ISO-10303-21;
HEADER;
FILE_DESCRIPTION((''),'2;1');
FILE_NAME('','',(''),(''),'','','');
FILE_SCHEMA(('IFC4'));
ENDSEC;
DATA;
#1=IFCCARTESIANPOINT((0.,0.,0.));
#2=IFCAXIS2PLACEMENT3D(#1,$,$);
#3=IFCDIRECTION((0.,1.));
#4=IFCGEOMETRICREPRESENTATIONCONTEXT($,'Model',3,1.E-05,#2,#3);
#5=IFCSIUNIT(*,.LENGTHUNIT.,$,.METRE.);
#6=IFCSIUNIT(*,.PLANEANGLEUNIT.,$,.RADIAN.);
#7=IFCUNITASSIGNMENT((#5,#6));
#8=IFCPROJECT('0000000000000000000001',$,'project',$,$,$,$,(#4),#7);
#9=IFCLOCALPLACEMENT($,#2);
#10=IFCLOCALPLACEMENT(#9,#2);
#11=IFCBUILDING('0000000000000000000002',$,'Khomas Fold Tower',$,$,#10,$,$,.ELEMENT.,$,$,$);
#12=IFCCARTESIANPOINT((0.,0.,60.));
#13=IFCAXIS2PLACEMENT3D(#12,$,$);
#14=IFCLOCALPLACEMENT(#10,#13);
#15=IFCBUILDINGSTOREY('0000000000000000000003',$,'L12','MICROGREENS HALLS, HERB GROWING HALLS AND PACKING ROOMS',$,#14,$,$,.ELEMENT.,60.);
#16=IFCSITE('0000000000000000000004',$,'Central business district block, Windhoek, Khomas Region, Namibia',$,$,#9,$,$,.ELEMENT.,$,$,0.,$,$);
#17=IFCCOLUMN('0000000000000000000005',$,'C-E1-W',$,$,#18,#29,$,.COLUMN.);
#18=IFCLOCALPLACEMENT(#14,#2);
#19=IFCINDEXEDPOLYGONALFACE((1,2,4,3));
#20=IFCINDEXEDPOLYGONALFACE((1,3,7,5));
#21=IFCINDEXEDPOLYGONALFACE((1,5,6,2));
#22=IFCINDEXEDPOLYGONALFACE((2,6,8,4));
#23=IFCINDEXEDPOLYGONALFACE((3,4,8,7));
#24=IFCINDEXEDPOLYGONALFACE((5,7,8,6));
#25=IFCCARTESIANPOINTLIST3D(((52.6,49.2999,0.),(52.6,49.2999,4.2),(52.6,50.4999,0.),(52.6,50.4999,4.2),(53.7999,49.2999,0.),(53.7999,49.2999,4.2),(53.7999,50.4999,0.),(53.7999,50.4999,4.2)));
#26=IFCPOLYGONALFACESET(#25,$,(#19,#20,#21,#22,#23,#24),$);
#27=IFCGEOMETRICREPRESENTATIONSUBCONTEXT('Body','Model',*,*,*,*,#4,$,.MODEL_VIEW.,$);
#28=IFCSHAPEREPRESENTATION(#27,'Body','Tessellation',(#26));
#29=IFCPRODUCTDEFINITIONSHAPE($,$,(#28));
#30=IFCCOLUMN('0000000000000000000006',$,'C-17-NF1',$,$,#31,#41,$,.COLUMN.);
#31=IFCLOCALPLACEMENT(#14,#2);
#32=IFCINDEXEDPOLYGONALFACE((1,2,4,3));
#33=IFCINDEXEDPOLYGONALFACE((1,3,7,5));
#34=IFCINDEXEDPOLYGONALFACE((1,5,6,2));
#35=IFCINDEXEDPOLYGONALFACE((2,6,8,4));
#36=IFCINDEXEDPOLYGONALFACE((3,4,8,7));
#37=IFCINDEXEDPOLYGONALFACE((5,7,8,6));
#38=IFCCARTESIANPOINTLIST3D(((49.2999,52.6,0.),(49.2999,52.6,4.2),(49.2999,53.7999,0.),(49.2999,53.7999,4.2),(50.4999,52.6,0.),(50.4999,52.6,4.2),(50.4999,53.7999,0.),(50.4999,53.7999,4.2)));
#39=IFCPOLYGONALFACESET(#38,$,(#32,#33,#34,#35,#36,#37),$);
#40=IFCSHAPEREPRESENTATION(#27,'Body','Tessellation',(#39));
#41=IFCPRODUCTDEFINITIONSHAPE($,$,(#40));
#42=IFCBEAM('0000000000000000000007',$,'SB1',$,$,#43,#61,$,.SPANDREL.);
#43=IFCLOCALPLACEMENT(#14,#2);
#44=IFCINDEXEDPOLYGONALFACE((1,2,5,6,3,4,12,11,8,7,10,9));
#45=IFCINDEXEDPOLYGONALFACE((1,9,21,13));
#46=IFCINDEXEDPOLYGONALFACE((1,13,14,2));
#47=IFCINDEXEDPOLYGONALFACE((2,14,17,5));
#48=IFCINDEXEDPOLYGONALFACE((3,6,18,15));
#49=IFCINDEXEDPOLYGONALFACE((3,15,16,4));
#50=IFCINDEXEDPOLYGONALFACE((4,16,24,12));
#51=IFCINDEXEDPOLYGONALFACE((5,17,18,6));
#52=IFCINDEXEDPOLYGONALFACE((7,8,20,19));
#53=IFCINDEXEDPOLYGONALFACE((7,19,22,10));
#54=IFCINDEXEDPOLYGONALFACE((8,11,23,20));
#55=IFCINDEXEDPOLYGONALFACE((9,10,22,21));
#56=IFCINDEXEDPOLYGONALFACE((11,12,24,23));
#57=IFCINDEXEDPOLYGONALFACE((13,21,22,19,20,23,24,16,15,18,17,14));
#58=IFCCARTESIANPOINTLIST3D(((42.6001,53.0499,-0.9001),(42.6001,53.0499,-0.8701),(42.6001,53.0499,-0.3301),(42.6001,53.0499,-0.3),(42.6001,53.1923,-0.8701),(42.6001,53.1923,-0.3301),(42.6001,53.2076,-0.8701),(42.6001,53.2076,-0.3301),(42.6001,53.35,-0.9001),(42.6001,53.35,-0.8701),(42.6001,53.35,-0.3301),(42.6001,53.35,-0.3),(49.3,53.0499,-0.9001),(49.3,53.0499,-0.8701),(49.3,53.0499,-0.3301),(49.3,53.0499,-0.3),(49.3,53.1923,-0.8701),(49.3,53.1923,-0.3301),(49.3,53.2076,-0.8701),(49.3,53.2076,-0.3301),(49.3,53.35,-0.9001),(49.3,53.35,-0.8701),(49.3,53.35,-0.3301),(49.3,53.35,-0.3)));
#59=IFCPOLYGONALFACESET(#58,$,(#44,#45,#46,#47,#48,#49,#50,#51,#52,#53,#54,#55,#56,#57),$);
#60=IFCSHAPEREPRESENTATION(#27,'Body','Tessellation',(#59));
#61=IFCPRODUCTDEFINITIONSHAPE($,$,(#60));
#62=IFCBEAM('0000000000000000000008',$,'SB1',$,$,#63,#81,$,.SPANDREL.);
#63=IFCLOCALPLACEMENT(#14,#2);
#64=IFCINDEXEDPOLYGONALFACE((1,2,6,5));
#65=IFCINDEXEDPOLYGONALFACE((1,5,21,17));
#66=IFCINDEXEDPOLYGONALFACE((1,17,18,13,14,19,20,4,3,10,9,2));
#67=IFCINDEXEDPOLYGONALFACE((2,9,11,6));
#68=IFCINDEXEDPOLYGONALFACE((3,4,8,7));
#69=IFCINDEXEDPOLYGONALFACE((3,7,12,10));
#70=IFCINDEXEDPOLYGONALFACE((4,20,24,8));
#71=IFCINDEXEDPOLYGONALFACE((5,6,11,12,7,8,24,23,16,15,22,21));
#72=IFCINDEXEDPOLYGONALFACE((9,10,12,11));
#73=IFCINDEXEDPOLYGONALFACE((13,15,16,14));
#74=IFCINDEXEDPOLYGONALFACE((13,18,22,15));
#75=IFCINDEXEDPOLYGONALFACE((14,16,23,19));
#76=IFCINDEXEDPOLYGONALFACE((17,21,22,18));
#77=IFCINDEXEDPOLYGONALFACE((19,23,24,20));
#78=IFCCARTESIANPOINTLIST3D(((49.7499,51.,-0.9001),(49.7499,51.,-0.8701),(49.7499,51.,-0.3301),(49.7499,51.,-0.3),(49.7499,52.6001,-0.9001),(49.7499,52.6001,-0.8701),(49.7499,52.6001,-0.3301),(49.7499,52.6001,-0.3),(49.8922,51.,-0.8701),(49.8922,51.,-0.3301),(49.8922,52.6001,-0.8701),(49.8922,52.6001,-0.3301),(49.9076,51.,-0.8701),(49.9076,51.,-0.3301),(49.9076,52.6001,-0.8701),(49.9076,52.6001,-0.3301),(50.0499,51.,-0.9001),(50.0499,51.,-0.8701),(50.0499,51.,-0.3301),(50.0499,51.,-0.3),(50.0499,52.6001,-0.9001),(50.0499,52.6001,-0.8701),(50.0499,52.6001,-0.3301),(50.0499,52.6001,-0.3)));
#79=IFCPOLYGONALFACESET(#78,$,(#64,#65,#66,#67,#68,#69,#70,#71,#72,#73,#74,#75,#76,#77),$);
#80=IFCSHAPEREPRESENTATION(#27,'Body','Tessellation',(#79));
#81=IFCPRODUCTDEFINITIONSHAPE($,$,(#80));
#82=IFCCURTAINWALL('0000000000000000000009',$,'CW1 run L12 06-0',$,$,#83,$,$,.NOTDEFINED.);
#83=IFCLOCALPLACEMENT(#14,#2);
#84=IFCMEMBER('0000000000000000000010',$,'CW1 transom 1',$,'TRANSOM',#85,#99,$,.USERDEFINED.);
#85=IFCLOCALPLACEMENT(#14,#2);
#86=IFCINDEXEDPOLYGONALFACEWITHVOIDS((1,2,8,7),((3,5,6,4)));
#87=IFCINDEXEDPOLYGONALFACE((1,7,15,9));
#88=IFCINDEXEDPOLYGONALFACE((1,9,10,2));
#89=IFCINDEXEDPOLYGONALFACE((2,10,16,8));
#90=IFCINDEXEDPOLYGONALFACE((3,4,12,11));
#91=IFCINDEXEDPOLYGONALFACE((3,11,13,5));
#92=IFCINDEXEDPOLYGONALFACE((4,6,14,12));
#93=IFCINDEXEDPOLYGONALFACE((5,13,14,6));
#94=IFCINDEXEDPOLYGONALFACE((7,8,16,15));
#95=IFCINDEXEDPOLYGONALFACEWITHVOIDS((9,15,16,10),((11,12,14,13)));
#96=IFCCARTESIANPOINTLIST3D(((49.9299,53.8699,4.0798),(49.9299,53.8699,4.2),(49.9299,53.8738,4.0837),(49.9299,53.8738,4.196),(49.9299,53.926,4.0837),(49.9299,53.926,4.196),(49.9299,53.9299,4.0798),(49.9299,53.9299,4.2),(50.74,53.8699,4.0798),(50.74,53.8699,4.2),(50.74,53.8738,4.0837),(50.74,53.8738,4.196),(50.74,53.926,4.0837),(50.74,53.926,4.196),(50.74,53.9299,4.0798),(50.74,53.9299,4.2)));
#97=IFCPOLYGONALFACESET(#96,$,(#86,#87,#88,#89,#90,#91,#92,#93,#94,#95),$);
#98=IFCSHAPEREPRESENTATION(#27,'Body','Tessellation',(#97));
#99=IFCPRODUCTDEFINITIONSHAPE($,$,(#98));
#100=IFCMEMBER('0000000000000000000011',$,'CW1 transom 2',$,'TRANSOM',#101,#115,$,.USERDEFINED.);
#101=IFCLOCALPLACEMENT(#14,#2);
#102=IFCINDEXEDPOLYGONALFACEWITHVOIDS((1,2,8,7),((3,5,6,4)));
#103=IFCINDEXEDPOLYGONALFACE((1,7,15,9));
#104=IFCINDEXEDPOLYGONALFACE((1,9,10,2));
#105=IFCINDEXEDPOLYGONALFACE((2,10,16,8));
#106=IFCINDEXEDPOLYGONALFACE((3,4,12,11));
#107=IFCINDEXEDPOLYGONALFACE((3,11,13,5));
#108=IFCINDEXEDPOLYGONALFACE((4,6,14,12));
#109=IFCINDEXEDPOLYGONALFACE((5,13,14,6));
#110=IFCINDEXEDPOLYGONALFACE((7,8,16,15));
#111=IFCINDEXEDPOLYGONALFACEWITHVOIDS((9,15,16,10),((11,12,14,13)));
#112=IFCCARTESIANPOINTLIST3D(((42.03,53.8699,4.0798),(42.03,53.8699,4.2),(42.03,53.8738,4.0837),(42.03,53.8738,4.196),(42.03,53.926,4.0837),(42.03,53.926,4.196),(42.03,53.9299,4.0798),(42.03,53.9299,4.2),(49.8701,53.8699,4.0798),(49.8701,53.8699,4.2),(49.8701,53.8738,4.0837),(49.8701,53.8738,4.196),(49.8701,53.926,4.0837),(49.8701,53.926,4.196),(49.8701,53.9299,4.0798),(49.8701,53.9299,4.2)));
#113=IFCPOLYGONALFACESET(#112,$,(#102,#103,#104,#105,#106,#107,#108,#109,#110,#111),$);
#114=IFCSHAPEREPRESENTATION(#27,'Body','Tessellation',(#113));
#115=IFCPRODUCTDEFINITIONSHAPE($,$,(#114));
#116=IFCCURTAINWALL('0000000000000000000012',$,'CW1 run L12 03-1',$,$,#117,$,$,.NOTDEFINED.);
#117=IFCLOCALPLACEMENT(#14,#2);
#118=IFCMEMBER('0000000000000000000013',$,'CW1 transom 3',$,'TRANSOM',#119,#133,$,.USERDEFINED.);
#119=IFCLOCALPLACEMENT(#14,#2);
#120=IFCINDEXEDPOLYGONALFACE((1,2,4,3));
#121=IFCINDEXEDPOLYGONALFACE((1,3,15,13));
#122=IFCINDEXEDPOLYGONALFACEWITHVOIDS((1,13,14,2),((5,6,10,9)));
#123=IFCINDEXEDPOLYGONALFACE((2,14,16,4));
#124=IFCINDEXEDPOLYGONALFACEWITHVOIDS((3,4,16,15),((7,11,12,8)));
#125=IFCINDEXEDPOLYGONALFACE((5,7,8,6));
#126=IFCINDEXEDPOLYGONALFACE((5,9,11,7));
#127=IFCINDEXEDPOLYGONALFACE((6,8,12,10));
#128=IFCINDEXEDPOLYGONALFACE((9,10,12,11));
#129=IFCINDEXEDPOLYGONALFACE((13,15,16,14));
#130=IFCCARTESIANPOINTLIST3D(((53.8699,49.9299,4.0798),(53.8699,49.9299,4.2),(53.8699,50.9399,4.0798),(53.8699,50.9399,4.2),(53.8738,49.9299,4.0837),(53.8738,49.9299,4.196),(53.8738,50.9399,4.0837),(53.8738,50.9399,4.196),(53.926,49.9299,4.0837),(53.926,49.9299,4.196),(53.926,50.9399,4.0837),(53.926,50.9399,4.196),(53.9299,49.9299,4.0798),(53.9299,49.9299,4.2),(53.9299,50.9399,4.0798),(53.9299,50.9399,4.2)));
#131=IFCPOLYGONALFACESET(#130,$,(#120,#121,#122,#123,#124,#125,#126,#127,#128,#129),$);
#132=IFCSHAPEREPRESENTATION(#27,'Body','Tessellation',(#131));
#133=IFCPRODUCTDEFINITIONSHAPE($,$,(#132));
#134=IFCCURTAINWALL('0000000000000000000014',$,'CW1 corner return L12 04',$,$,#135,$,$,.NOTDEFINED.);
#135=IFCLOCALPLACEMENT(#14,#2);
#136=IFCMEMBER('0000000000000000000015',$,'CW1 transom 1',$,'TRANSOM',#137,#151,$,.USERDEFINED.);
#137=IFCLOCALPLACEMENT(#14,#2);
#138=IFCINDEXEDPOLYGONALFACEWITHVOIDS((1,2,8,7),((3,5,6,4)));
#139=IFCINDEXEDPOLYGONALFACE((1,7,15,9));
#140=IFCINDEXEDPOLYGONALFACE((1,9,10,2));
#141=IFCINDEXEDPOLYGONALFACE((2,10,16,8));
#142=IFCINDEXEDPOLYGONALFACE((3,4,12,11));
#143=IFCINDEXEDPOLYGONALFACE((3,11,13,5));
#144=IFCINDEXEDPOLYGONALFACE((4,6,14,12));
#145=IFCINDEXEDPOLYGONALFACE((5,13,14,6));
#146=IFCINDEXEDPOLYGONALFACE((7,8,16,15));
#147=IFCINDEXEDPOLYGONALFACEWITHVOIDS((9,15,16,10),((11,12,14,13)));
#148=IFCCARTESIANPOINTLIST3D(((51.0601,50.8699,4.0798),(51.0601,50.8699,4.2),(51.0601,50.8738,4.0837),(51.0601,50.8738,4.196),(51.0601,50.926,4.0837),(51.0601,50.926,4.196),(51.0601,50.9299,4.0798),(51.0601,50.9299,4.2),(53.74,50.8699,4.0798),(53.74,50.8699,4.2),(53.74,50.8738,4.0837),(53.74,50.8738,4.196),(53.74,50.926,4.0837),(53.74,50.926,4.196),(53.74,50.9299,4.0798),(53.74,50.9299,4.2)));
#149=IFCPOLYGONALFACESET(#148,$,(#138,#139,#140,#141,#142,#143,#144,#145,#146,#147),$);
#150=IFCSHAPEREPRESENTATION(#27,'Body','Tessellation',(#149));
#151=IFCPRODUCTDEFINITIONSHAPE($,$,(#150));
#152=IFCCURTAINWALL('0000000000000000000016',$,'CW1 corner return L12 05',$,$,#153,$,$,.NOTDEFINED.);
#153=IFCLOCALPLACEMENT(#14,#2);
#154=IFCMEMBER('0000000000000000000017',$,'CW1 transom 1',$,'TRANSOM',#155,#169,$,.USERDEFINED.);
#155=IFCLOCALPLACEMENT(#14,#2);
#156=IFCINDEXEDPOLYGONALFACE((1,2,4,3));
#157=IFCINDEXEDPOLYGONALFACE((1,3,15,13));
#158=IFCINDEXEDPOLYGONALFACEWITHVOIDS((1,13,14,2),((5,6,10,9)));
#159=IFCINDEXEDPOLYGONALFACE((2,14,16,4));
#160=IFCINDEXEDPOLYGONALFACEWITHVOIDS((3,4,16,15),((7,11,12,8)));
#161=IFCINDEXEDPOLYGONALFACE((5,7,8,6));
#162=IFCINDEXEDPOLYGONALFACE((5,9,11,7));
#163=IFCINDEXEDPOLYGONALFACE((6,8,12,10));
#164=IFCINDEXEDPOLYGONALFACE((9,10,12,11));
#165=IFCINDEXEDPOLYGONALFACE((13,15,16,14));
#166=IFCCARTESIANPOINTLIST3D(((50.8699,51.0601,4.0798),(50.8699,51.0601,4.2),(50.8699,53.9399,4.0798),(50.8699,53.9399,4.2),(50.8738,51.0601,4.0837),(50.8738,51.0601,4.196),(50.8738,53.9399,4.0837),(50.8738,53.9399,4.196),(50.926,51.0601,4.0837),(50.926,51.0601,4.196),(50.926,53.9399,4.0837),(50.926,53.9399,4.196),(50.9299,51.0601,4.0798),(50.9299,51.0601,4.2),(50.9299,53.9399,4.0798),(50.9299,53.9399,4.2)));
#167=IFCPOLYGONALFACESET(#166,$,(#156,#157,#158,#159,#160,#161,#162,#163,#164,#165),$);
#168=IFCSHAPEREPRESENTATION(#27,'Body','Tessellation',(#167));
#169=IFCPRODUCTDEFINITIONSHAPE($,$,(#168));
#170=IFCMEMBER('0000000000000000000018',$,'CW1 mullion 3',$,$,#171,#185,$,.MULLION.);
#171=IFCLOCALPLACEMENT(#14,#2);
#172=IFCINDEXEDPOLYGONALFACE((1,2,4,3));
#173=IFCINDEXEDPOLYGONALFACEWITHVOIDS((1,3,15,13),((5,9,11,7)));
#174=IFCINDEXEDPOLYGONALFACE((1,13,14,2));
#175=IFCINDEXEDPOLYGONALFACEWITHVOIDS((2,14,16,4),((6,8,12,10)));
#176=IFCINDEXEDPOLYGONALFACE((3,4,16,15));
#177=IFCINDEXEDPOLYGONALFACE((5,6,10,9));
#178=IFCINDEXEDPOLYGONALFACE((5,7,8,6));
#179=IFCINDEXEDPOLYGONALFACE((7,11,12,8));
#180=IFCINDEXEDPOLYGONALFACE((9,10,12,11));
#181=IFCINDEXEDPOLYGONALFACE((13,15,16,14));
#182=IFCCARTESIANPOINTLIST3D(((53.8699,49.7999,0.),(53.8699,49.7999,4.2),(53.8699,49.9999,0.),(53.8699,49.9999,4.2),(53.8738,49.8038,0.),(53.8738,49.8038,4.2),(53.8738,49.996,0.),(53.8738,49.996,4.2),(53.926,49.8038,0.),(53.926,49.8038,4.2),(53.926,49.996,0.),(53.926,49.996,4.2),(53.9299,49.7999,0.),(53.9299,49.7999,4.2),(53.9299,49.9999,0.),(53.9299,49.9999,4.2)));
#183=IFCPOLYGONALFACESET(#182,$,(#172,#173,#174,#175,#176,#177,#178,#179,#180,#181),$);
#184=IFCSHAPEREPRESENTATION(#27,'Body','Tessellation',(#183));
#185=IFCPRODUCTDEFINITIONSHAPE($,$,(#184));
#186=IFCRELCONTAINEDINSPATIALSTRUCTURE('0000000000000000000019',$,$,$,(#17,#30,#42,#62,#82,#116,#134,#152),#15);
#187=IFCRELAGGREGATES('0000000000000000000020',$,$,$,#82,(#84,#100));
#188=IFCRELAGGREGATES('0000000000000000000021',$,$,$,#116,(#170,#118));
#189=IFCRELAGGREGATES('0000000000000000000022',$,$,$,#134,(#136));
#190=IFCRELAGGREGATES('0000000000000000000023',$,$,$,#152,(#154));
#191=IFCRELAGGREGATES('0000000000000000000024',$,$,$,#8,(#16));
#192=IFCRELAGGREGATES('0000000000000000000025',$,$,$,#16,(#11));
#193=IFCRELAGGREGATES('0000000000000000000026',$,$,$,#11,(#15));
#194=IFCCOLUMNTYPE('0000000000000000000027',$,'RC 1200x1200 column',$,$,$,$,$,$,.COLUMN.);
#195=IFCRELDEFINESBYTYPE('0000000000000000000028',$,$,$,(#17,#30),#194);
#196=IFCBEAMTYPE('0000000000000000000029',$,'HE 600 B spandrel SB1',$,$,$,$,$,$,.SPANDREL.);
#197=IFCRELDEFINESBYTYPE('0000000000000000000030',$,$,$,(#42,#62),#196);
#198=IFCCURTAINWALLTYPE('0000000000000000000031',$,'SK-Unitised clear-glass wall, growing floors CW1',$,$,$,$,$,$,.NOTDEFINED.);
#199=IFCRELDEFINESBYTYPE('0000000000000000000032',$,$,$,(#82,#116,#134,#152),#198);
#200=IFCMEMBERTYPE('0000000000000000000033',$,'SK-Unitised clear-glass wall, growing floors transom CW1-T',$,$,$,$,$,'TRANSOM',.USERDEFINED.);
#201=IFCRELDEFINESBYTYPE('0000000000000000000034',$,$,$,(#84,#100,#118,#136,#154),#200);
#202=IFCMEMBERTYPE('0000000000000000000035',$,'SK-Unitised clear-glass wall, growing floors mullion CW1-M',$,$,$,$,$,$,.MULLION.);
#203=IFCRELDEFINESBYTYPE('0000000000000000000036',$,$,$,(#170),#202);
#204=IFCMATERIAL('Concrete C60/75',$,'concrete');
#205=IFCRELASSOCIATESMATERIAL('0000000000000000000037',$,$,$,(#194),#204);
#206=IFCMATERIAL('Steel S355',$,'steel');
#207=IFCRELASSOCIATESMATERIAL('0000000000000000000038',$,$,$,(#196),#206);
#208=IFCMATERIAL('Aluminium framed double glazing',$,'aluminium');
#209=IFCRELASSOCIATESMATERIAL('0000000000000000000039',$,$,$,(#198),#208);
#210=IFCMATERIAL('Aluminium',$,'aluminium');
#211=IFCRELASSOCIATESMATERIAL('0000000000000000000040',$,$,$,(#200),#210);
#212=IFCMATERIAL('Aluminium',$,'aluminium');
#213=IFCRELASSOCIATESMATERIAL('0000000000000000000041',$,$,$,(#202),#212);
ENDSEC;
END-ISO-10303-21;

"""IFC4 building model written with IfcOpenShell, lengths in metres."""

from ifc_helpers import new_model, si_unit, direction, frame, origin, origin_2d, place, context, subcontext, project, spatial, rectangle, hollow_rectangle, i_section, extrude, source, transform, mapped, material, material_profile, profile_set, type_object, element, aggregate, save


model = new_model("IFC4")

# Units and contexts
model_context = context("Model", 3, precision=1e-05, world=origin(), true_north=direction((0.0, 1.0)))
body_context = subcontext(model_context, "Body", "Model", "MODEL_VIEW")
ifc_project = project(units=[si_unit("LENGTHUNIT", "METRE"), si_unit("PLANEANGLEUNIT", "RADIAN")], contexts=[model_context])

# Site, building, storey
site_placement = place(None, origin())
site = spatial("IfcSite", under=ifc_project, at=site_placement, Name="Central business district block, Windhoek, Khomas Region, Namibia", CompositionType="ELEMENT", RefElevation=0.0)
building_placement = place(site_placement, origin())
building = spatial("IfcBuilding", under=site, at=building_placement, Name="Khomas Fold Tower", CompositionType="ELEMENT")
storey_placement = place(building_placement, frame((0.0, 0.0, 60.0)))
storey = spatial("IfcBuildingStorey", under=building, at=storey_placement, Name="L12", Description="MICROGREENS HALLS, HERB GROWING HALLS AND PACKING ROOMS", CompositionType="ELEMENT", Elevation=60.0)

# Columns
ifc_material_1 = material(Name="Concrete C60/75", Category="concrete")
ifc_material_profile_1 = material_profile(ifc_material_1, rectangle(XDim=1.2, YDim=1.2, at=origin_2d()), Name="RC 1200x1200")
ifc_profile_set_1 = profile_set([ifc_material_profile_1], Name="Concrete C60/75")
column_type = type_object("IfcColumnType", Name="RC 1200x1200 column", PredefinedType="COLUMN", material=ifc_profile_set_1)
shared_shape_1 = source(origin(), body_context, "Body", "SweptSolid", [
    extrude(rectangle(XDim=1.2, YDim=1.2, at=origin_2d()), origin(), (0.0, 0.0, 1.0), 4.2),
])
for number, where, z_axis, x_axis, name in (
    (1, (53.2, 49.8999, 0.0), (0.0, 0.0, 1.0), (1.0, 0.0, 0.0), "C-E1-W"),
    (2, (49.8999, 53.2, 0.0), (0.0, 0.0, 1.0), (1.0, 0.0, 0.0), "C-17-NF1"),
):
    element("IfcColumn", number, at=place(storey_placement, frame(where, z_axis=z_axis, x_axis=x_axis)), inside=storey, type_object=column_type, Name=name, PredefinedType="COLUMN", context=body_context, shape_type="MappedRepresentation", body=[
        mapped(shared_shape_1, transform((0.0, 0.0, 0.0))),
    ])

# Beams
ifc_material_2 = material(Name="Steel S355", Category="steel")
ifc_material_profile_2 = material_profile(ifc_material_2, i_section(OverallWidth=0.3, OverallDepth=0.6001, WebThickness=0.0154, FlangeThickness=0.03, at=origin_2d()), Name="HE 600 B")
ifc_profile_set_2 = profile_set([ifc_material_profile_2], Name="Steel S355")
beam_type = type_object("IfcBeamType", Name="HE 600 B spandrel SB1", PredefinedType="SPANDREL", material=ifc_profile_set_2)
shared_shape_2 = source(origin(), body_context, "Body", "SweptSolid", [
    extrude(i_section(OverallWidth=0.3, OverallDepth=0.6001, WebThickness=0.0154, FlangeThickness=0.03, at=origin_2d()), origin(), (0.0, 0.0, 1.0), 6.7),
])
beam_1_placement = place(storey_placement, frame((42.6001, 53.2, -0.6001), z_axis=(1.0, 0.0, 0.0), x_axis=(0.0, 1.0, 0.0)))
element("IfcBeam", 3, at=beam_1_placement, inside=storey, type_object=beam_type, Name="SB1", PredefinedType="SPANDREL", context=body_context, shape_type="MappedRepresentation", body=[
    mapped(shared_shape_2, transform((0.0, 0.0, 0.0))),
])
shared_shape_3 = source(origin(), body_context, "Body", "SweptSolid", [
    extrude(i_section(OverallWidth=0.3, OverallDepth=0.6001, WebThickness=0.0154, FlangeThickness=0.03, at=origin_2d()), origin(), (0.0, 0.0, 1.0), 1.6001),
])
beam_2_placement = place(storey_placement, frame((49.8999, 51.0, -0.6001), z_axis=(0.0, 1.0, 0.0), x_axis=(-1.0, 0.0, 0.0)))
element("IfcBeam", 4, at=beam_2_placement, inside=storey, type_object=beam_type, Name="SB1", PredefinedType="SPANDREL", context=body_context, shape_type="MappedRepresentation", body=[
    mapped(shared_shape_3, transform((0.0, 0.0, 0.0))),
])

# Curtain wall, members
ifc_material_3 = material(Name="Aluminium framed double glazing", Category="aluminium")
curtain_wall_type = type_object("IfcCurtainWallType", Name="SK-Unitised clear-glass wall, growing floors CW1", PredefinedType="NOTDEFINED", material=ifc_material_3)
curtain_wall_1_placement = place(storey_placement, origin())
curtain_wall_1 = element("IfcCurtainWall", 5, at=curtain_wall_1_placement, inside=storey, type_object=curtain_wall_type, Name="CW1 run L12 06-0", PredefinedType="NOTDEFINED")
ifc_material_4 = material(Name="Aluminium", Category="aluminium")
ifc_material_profile_3 = material_profile(ifc_material_4, hollow_rectangle(XDim=0.0601, YDim=0.1201, WallThickness=0.0039, at=origin_2d()), Name="SK-Unitised clear-glass wall, growing floors transom CW1-T")
ifc_profile_set_3 = profile_set([ifc_material_profile_3], Name="Aluminium")
member_type_1 = type_object("IfcMemberType", Name="SK-Unitised clear-glass wall, growing floors transom CW1-T", ElementType="TRANSOM", PredefinedType="USERDEFINED", material=ifc_profile_set_3)
shared_shape_4 = source(origin(), body_context, "Body", "SweptSolid", [
    extrude(hollow_rectangle(XDim=0.0601, YDim=0.1201, WallThickness=0.0039, at=origin_2d()), origin(), (0.0, 0.0, 1.0), 0.8101),
])
member_1_placement = place(storey_placement, frame((50.74, 53.8999, 4.1399), z_axis=(-1.0, 0.0, 0.0), x_axis=(0.0, -1.0, 0.0)))
member_1 = element("IfcMember", 6, at=member_1_placement, type_object=member_type_1, Name="CW1 transom 1", ObjectType="TRANSOM", PredefinedType="USERDEFINED", context=body_context, shape_type="MappedRepresentation", body=[
    mapped(shared_shape_4, transform((0.0, 0.0, 0.0))),
])
shared_shape_5 = source(origin(), body_context, "Body", "SweptSolid", [
    extrude(hollow_rectangle(XDim=0.0601, YDim=0.1201, WallThickness=0.0039, at=origin_2d()), origin(), (0.0, 0.0, 1.0), 7.8401),
])
member_2_placement = place(storey_placement, frame((49.8701, 53.8999, 4.1399), z_axis=(-1.0, 0.0, 0.0), x_axis=(0.0, -1.0, 0.0)))
member_2 = element("IfcMember", 7, at=member_2_placement, type_object=member_type_1, Name="CW1 transom 2", ObjectType="TRANSOM", PredefinedType="USERDEFINED", context=body_context, shape_type="MappedRepresentation", body=[
    mapped(shared_shape_5, transform((0.0, 0.0, 0.0))),
])

# Curtain walls, members
curtain_wall_2_placement = place(storey_placement, origin())
curtain_wall_2 = element("IfcCurtainWall", 8, at=curtain_wall_2_placement, inside=storey, type_object=curtain_wall_type, Name="CW1 run L12 03-1", PredefinedType="NOTDEFINED")
shared_shape_6 = source(origin(), body_context, "Body", "SweptSolid", [
    extrude(hollow_rectangle(XDim=0.0601, YDim=0.1201, WallThickness=0.0039, at=origin_2d()), origin(), (0.0, 0.0, 1.0), 1.01),
])
member_3_placement = place(storey_placement, frame((53.8999, 49.9299, 4.1399), z_axis=(0.0, 1.0, 0.0), x_axis=(-1.0, 0.0, 0.0)))
member_3 = element("IfcMember", 9, at=member_3_placement, type_object=member_type_1, Name="CW1 transom 3", ObjectType="TRANSOM", PredefinedType="USERDEFINED", context=body_context, shape_type="MappedRepresentation", body=[
    mapped(shared_shape_6, transform((0.0, 0.0, 0.0))),
])
curtain_wall_3_placement = place(storey_placement, origin())
curtain_wall_3 = element("IfcCurtainWall", 10, at=curtain_wall_3_placement, inside=storey, type_object=curtain_wall_type, Name="CW1 corner return L12 04", PredefinedType="NOTDEFINED")
shared_shape_7 = source(origin(), body_context, "Body", "SweptSolid", [
    extrude(hollow_rectangle(XDim=0.0601, YDim=0.1201, WallThickness=0.0039, at=origin_2d()), origin(), (0.0, 0.0, 1.0), 2.6799),
])
member_4_placement = place(storey_placement, frame((53.74, 50.8999, 4.1399), z_axis=(-1.0, 0.0, 0.0), x_axis=(0.0, -1.0, 0.0)))
member_4 = element("IfcMember", 11, at=member_4_placement, type_object=member_type_1, Name="CW1 transom 1", ObjectType="TRANSOM", PredefinedType="USERDEFINED", context=body_context, shape_type="MappedRepresentation", body=[
    mapped(shared_shape_7, transform((0.0, 0.0, 0.0))),
])
curtain_wall_4_placement = place(storey_placement, origin())
curtain_wall_4 = element("IfcCurtainWall", 12, at=curtain_wall_4_placement, inside=storey, type_object=curtain_wall_type, Name="CW1 corner return L12 05", PredefinedType="NOTDEFINED")
shared_shape_8 = source(origin(), body_context, "Body", "SweptSolid", [
    extrude(hollow_rectangle(XDim=0.0601, YDim=0.1201, WallThickness=0.0039, at=origin_2d()), origin(), (0.0, 0.0, 1.0), 2.8799),
])
member_5_placement = place(storey_placement, frame((50.8999, 51.0601, 4.1399), z_axis=(0.0, 1.0, 0.0), x_axis=(-1.0, 0.0, 0.0)))
member_5 = element("IfcMember", 13, at=member_5_placement, type_object=member_type_1, Name="CW1 transom 1", ObjectType="TRANSOM", PredefinedType="USERDEFINED", context=body_context, shape_type="MappedRepresentation", body=[
    mapped(shared_shape_8, transform((0.0, 0.0, 0.0))),
])

# Member
ifc_material_5 = material(Name="Aluminium", Category="aluminium")
ifc_material_profile_4 = material_profile(ifc_material_5, hollow_rectangle(XDim=0.0601, YDim=0.2, WallThickness=0.0039, at=origin_2d()), Name="SK-Unitised clear-glass wall, growing floors mullion CW1-M")
ifc_profile_set_4 = profile_set([ifc_material_profile_4], Name="Aluminium")
member_type_2 = type_object("IfcMemberType", Name="SK-Unitised clear-glass wall, growing floors mullion CW1-M", PredefinedType="MULLION", material=ifc_profile_set_4)
shared_shape_9 = source(origin(), body_context, "Body", "SweptSolid", [
    extrude(hollow_rectangle(XDim=0.0601, YDim=0.2, WallThickness=0.0039, at=origin_2d()), origin(), (0.0, 0.0, 1.0), 4.2),
])
member_6_placement = place(storey_placement, frame((53.8999, 49.8999, 0.0), z_axis=(0.0, 0.0, 1.0), x_axis=(-1.0, 0.0, 0.0)))
member_6 = element("IfcMember", 14, at=member_6_placement, type_object=member_type_2, Name="CW1 mullion 3", PredefinedType="MULLION", context=body_context, shape_type="MappedRepresentation", body=[
    mapped(shared_shape_9, transform((0.0, 0.0, 0.0))),
])

aggregate(curtain_wall_1, [member_1, member_2])
aggregate(curtain_wall_2, [member_6, member_3])
aggregate(curtain_wall_3, [member_4])
aggregate(curtain_wall_4, [member_5])

save(model, "model.ifc")
